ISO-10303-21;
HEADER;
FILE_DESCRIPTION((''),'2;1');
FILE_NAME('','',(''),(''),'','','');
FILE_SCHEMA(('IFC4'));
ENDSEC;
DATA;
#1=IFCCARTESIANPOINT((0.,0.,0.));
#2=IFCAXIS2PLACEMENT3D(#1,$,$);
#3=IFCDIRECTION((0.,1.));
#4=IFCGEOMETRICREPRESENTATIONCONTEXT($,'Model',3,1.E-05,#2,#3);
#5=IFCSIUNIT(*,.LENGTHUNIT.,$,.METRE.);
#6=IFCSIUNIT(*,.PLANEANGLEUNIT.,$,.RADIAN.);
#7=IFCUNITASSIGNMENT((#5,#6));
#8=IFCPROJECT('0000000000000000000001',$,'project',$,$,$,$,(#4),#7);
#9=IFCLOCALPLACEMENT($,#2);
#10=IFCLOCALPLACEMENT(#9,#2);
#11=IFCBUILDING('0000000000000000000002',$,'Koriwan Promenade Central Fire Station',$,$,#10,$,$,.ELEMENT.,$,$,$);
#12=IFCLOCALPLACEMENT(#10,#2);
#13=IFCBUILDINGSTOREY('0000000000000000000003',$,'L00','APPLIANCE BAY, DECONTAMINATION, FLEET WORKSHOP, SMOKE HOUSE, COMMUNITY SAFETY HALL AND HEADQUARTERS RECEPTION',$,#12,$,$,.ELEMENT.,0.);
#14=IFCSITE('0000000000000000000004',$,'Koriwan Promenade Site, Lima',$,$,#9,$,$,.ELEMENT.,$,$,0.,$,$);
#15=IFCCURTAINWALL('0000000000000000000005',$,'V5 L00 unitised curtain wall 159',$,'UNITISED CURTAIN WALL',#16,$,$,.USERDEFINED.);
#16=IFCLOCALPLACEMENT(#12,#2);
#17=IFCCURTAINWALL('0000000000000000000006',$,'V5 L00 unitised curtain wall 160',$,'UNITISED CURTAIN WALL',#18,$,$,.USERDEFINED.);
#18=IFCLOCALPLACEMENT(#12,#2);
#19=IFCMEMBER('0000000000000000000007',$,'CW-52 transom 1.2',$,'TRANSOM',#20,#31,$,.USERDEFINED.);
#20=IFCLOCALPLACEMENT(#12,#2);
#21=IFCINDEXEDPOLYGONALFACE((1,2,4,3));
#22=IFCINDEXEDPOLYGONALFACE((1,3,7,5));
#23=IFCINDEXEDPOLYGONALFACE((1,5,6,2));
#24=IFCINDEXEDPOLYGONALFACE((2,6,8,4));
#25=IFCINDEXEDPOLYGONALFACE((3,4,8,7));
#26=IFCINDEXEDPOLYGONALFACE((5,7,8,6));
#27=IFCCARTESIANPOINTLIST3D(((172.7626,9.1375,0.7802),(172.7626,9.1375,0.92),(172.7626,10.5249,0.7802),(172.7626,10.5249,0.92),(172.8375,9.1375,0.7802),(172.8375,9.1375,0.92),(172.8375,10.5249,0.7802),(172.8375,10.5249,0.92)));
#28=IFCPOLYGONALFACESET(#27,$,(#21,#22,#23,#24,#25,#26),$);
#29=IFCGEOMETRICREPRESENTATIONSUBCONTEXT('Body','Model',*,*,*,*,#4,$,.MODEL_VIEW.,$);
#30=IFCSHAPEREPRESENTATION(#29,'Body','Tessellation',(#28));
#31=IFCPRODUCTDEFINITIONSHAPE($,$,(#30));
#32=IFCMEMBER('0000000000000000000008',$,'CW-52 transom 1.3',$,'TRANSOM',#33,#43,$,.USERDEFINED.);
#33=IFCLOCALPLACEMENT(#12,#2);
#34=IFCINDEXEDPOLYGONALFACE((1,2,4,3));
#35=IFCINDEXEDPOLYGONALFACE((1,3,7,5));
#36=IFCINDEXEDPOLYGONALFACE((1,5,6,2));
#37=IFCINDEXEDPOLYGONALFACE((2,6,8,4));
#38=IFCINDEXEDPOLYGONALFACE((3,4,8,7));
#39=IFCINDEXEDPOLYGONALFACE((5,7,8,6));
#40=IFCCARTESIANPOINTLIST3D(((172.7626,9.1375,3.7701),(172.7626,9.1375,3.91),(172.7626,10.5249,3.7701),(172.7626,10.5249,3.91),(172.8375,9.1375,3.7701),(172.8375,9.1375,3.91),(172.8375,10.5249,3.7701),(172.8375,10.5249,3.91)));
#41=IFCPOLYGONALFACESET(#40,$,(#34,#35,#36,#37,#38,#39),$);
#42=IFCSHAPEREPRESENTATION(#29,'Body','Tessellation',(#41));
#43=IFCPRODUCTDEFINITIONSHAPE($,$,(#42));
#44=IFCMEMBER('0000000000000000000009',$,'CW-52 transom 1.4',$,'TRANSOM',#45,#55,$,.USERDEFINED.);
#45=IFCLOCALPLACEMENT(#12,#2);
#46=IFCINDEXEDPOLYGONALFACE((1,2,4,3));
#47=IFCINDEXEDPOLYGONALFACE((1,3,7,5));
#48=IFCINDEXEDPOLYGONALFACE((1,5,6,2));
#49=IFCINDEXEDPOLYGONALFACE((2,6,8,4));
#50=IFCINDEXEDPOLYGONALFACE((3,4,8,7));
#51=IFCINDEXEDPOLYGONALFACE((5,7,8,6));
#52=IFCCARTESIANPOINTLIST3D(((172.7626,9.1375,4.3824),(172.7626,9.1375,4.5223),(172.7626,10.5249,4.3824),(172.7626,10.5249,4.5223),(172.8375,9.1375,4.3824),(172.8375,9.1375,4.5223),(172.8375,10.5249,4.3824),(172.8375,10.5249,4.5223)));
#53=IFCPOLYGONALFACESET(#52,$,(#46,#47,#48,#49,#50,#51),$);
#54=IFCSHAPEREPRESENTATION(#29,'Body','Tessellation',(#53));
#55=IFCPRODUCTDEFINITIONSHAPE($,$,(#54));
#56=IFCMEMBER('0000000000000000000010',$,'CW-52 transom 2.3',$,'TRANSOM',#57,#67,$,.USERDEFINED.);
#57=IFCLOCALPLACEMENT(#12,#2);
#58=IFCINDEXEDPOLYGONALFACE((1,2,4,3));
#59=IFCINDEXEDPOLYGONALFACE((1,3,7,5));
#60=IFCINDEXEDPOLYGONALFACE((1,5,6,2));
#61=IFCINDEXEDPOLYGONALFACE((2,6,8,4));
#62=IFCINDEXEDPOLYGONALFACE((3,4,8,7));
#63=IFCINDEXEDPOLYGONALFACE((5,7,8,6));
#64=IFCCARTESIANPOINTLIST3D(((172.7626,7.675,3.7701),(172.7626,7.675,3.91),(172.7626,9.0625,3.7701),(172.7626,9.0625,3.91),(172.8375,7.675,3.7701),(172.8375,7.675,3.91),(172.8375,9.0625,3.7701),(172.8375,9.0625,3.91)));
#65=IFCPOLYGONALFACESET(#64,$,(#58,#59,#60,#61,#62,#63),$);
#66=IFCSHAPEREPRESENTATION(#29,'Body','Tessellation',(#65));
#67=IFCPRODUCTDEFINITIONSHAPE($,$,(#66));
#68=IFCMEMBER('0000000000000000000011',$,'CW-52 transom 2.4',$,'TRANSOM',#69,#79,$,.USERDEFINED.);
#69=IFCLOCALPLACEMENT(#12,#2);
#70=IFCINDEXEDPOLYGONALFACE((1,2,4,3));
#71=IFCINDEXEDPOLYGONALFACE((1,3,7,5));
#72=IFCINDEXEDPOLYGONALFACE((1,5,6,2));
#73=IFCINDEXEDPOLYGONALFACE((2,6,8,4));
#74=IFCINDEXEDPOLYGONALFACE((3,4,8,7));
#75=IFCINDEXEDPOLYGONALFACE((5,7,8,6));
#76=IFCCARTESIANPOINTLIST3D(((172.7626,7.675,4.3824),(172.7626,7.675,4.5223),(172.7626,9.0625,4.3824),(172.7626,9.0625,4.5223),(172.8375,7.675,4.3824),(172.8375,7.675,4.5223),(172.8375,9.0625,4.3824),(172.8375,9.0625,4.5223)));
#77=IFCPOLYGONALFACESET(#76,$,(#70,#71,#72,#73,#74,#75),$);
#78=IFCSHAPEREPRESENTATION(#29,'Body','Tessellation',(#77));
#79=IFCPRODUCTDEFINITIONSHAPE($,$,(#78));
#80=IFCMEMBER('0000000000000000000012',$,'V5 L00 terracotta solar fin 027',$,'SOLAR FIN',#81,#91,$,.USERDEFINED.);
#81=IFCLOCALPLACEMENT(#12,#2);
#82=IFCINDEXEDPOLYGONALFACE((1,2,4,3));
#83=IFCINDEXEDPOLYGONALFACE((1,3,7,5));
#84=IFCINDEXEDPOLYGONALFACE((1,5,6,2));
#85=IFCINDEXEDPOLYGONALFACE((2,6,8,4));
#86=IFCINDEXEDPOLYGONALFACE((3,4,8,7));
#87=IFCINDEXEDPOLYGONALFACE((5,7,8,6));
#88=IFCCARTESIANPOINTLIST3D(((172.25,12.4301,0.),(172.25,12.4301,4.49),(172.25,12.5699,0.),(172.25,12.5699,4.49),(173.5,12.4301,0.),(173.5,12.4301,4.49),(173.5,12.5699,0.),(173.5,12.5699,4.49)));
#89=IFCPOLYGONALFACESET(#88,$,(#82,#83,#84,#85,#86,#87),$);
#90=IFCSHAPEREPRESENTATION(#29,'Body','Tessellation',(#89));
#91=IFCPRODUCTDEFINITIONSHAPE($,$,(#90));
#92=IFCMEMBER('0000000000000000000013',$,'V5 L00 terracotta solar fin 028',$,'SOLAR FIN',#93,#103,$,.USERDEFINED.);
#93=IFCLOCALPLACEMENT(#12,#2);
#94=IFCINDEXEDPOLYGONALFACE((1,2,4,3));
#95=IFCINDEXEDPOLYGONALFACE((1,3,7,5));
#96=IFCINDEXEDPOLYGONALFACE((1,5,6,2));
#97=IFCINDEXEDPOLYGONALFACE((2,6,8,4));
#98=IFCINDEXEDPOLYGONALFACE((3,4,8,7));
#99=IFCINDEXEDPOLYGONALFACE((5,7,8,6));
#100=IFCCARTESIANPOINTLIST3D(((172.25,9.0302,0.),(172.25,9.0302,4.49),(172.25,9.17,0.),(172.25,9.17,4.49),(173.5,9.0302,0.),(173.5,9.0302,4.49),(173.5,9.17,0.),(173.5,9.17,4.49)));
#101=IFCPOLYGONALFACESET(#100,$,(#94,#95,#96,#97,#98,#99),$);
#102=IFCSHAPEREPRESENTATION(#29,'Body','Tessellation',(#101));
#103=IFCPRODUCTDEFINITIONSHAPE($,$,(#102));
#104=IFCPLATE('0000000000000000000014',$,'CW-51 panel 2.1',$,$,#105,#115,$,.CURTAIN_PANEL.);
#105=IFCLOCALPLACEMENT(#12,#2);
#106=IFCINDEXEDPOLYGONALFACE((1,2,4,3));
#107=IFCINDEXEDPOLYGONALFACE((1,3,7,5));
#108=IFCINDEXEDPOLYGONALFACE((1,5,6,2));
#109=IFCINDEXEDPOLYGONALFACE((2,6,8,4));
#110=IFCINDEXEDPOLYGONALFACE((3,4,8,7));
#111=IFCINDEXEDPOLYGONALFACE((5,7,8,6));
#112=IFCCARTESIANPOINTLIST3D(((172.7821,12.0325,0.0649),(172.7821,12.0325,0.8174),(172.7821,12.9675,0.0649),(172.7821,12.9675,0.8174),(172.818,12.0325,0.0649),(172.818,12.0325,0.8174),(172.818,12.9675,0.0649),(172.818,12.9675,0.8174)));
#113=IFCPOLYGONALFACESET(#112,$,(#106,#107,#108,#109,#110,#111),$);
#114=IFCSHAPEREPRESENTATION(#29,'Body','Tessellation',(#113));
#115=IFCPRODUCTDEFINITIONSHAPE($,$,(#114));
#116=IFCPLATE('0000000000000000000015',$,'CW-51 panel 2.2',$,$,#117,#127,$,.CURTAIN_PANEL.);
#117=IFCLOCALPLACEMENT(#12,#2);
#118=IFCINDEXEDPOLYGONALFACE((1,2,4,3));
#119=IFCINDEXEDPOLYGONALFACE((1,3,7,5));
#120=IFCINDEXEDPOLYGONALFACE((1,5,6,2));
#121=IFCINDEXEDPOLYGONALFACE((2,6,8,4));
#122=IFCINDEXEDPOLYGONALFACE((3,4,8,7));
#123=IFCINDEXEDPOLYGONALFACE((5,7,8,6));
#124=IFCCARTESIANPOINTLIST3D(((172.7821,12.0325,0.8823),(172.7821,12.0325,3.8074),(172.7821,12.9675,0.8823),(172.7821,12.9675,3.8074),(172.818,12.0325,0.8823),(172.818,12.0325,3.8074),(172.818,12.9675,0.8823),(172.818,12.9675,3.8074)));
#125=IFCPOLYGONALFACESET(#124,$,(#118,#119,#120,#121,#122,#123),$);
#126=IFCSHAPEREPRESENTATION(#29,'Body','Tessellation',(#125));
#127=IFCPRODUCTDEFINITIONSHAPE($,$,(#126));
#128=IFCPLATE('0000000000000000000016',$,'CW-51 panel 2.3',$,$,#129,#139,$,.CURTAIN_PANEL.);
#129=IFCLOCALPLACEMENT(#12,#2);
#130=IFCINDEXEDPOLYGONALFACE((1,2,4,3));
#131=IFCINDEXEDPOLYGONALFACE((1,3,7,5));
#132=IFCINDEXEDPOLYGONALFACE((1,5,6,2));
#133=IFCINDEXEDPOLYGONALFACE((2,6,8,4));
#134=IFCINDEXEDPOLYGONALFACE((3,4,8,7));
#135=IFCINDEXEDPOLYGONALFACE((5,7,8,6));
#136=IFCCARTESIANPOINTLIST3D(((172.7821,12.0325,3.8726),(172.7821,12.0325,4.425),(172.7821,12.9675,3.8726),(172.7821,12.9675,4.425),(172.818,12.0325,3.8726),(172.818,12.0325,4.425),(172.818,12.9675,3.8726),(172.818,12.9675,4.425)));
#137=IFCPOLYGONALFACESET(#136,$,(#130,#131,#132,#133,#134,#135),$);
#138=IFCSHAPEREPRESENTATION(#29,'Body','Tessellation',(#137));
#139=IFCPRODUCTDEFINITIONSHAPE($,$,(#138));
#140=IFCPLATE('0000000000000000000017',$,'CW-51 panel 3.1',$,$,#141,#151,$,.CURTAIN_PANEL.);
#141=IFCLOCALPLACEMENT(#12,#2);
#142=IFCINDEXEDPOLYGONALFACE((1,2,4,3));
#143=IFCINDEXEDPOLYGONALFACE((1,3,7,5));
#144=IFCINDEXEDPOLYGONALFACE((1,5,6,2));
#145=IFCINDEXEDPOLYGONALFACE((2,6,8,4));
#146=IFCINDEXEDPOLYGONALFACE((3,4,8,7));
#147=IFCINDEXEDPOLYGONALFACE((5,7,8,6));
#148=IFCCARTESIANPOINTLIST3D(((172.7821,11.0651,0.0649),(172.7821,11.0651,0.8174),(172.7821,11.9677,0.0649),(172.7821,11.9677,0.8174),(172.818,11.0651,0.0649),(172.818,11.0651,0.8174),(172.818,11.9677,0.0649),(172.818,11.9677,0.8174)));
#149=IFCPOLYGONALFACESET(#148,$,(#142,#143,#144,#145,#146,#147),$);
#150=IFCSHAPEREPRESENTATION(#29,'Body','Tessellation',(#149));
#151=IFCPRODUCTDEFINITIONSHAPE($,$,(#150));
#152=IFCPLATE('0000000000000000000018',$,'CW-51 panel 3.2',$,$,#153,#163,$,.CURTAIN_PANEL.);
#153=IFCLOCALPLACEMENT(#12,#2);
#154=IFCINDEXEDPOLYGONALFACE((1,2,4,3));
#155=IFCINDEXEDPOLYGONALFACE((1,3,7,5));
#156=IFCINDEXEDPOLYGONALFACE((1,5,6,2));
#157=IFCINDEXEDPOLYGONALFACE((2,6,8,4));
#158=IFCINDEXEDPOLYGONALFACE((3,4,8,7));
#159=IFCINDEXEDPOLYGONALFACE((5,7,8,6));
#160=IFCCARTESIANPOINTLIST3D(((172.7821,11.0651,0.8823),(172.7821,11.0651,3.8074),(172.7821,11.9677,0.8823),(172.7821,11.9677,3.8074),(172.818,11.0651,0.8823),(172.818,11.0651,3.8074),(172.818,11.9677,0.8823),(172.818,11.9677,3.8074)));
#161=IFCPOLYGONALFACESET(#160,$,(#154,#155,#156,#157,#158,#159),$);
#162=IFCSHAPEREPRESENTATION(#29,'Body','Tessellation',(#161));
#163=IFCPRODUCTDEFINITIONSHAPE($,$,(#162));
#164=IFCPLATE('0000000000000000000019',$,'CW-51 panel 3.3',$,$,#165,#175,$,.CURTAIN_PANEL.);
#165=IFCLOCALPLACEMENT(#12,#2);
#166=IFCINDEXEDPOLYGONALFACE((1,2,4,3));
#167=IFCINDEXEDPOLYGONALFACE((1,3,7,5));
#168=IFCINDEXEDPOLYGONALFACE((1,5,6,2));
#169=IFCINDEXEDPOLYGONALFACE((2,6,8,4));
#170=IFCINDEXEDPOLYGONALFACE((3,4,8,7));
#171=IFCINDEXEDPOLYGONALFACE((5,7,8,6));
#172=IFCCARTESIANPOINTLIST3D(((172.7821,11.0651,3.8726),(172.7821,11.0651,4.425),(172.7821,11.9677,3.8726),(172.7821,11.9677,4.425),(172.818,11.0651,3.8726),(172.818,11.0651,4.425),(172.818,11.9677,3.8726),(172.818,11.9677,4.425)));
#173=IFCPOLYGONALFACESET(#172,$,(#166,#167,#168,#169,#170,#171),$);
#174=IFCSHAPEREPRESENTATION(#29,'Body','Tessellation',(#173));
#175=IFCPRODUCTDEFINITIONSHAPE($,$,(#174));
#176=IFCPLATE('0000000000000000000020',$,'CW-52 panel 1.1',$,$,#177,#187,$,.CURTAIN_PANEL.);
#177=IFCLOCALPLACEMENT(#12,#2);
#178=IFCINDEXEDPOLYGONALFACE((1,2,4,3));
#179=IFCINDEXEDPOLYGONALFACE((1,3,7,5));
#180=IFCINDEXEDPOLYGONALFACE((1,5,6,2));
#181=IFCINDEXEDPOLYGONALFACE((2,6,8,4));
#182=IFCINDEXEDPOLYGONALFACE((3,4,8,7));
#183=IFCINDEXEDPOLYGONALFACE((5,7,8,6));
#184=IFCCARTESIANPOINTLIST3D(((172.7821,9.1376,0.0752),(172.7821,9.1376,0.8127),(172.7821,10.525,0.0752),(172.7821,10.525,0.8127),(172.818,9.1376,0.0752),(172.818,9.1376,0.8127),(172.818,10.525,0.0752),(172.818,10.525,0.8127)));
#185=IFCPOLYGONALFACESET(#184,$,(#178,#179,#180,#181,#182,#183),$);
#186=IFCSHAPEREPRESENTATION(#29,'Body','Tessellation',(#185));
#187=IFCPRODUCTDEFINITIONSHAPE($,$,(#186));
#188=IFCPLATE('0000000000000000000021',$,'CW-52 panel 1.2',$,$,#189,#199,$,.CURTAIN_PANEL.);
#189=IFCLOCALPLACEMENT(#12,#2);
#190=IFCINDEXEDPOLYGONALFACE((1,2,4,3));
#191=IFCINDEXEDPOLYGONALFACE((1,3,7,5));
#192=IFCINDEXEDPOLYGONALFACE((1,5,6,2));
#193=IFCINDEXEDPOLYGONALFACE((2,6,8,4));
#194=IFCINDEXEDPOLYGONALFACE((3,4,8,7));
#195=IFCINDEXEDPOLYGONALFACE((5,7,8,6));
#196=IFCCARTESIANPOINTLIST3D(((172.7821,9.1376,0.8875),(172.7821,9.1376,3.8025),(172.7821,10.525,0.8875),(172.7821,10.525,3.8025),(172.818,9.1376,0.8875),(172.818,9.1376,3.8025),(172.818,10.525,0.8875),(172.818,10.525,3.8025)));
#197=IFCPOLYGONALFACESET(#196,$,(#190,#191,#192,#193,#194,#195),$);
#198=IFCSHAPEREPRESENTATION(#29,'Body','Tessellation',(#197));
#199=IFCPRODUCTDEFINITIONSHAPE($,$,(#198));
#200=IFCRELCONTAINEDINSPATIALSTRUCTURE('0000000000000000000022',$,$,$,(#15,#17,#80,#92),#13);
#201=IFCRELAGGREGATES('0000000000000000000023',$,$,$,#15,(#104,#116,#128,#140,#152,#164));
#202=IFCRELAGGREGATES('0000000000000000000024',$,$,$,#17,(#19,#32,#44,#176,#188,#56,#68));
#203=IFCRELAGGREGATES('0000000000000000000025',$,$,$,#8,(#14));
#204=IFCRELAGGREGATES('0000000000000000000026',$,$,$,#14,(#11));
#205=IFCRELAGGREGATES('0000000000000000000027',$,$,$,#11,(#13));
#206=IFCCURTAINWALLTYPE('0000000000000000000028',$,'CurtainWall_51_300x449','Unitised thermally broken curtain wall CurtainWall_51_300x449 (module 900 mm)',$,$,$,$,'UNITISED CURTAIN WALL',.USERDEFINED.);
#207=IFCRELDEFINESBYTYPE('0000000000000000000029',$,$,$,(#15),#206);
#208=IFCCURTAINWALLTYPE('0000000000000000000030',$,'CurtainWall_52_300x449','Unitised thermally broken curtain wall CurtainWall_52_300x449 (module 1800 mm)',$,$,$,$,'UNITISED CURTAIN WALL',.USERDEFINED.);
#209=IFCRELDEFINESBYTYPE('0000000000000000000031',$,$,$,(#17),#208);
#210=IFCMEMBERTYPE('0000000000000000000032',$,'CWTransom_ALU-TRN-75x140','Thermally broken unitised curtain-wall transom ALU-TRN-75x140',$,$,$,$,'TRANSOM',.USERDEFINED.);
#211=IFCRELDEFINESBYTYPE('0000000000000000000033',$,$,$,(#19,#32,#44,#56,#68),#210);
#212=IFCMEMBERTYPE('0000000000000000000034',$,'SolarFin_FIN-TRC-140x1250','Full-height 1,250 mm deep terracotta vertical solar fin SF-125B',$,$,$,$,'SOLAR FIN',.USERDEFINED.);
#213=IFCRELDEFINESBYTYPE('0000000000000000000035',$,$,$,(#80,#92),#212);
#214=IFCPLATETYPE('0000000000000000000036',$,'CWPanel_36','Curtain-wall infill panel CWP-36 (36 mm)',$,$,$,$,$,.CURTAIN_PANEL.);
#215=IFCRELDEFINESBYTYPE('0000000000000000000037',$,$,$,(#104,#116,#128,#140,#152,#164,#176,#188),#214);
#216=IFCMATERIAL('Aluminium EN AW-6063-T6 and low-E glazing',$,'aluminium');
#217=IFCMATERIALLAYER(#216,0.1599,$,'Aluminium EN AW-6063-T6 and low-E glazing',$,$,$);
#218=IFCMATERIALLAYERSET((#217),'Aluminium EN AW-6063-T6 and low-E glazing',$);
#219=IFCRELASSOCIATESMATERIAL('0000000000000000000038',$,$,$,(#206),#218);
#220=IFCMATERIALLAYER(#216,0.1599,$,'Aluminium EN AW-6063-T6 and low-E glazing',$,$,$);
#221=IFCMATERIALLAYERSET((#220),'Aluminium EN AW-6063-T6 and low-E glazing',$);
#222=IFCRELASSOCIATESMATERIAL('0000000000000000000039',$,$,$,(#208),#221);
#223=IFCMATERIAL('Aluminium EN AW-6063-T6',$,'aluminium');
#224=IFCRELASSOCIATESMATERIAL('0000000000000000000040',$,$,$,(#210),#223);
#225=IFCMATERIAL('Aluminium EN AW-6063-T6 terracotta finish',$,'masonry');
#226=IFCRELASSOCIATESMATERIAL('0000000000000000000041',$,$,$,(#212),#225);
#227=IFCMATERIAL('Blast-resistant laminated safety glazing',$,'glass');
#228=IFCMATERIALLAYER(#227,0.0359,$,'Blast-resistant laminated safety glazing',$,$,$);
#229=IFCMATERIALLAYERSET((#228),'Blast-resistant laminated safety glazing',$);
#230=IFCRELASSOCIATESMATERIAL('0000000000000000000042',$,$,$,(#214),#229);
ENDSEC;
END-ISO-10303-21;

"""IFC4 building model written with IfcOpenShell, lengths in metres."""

from ifc_helpers import new_model, si_unit, direction, frame, origin, origin_2d, place, context, subcontext, project, spatial, rectangle, extrude, material, layer, layer_set, material_profile, profile_set, type_object, element, aggregate, save


model = new_model("IFC4")

# Units and contexts
model_context = context("Model", 3, precision=1e-05, world=origin(), true_north=direction((0.0, 1.0)))
body_context = subcontext(model_context, "Body", "Model", "MODEL_VIEW")
ifc_project = project(units=[si_unit("LENGTHUNIT", "METRE"), si_unit("PLANEANGLEUNIT", "RADIAN")], contexts=[model_context])

# Site, building, storey
site_placement = place(None, origin())
site = spatial("IfcSite", under=ifc_project, at=site_placement, Name="Koriwan Promenade Site, Lima", CompositionType="ELEMENT", RefElevation=0.0)
building_placement = place(site_placement, origin())
building = spatial("IfcBuilding", under=site, at=building_placement, Name="Koriwan Promenade Central Fire Station", CompositionType="ELEMENT")
storey_placement = place(building_placement, origin())
storey = spatial("IfcBuildingStorey", under=building, at=storey_placement, Name="L00", Description="APPLIANCE BAY, DECONTAMINATION, FLEET WORKSHOP, SMOKE HOUSE, COMMUNITY SAFETY HALL AND HEADQUARTERS RECEPTION", CompositionType="ELEMENT", Elevation=0.0)

# Curtain walls
ifc_material_1 = material(Name="Aluminium EN AW-6063-T6 and low-E glazing", Category="aluminium")
ifc_layer_1 = layer(ifc_material_1, 0.1599, Name="Aluminium EN AW-6063-T6 and low-E glazing")
ifc_layer_set_1 = layer_set([ifc_layer_1], Name="Aluminium EN AW-6063-T6 and low-E glazing")
curtain_wall_type_1 = type_object("IfcCurtainWallType", Name="CurtainWall_51_300x449", Description="Unitised thermally broken curtain wall CurtainWall_51_300x449 (module 900 mm)", ElementType="UNITISED CURTAIN WALL", PredefinedType="USERDEFINED", material=ifc_layer_set_1)
curtain_wall_1_placement = place(storey_placement, origin())
curtain_wall_1 = element("IfcCurtainWall", 1, at=curtain_wall_1_placement, inside=storey, type_object=curtain_wall_type_1, Name="V5 L00 unitised curtain wall 159", ObjectType="UNITISED CURTAIN WALL", PredefinedType="USERDEFINED")
ifc_material_2 = material(Name="Aluminium EN AW-6063-T6", Category="aluminium")
ifc_layer_2 = layer(ifc_material_1, 0.1599, Name="Aluminium EN AW-6063-T6 and low-E glazing")
ifc_layer_set_2 = layer_set([ifc_layer_2], Name="Aluminium EN AW-6063-T6 and low-E glazing")
curtain_wall_type_2 = type_object("IfcCurtainWallType", Name="CurtainWall_52_300x449", Description="Unitised thermally broken curtain wall CurtainWall_52_300x449 (module 1800 mm)", ElementType="UNITISED CURTAIN WALL", PredefinedType="USERDEFINED", material=ifc_layer_set_2)
curtain_wall_2_placement = place(storey_placement, origin())
curtain_wall_2 = element("IfcCurtainWall", 2, at=curtain_wall_2_placement, inside=storey, type_object=curtain_wall_type_2, Name="V5 L00 unitised curtain wall 160", ObjectType="UNITISED CURTAIN WALL", PredefinedType="USERDEFINED")

# Members
ifc_material_profile_1 = material_profile(ifc_material_2, rectangle(XDim=0.075, YDim=0.1399, at=origin_2d()), Name="ALU-TRN-75x140")
ifc_profile_set_1 = profile_set([ifc_material_profile_1], Name="Aluminium EN AW-6063-T6")
member_type_1 = type_object("IfcMemberType", Name="CWTransom_ALU-TRN-75x140", Description="Thermally broken unitised curtain-wall transom ALU-TRN-75x140", ElementType="TRANSOM", PredefinedType="USERDEFINED", material=ifc_profile_set_1)
member_1_placement = place(storey_placement, frame((172.8, 10.5249, 0.8501), z_axis=(0.0, -1.0, 0.0), x_axis=(1.0, 0.0, 0.0)))
member_1 = element("IfcMember", 3, at=member_1_placement, type_object=member_type_1, Name="CW-52 transom 1.2", ObjectType="TRANSOM", PredefinedType="USERDEFINED", context=body_context, shape_type="SweptSolid", body=[
    extrude(rectangle(XDim=0.075, YDim=0.1399, at=origin_2d()), origin(), (0.0, 0.0, 1.0), 1.3875),
])
member_2_placement = place(storey_placement, frame((172.8, 10.5249, 3.8401), z_axis=(0.0, -1.0, 0.0), x_axis=(1.0, 0.0, 0.0)))
member_2 = element("IfcMember", 4, at=member_2_placement, type_object=member_type_1, Name="CW-52 transom 1.3", ObjectType="TRANSOM", PredefinedType="USERDEFINED", context=body_context, shape_type="SweptSolid", body=[
    extrude(rectangle(XDim=0.075, YDim=0.1399, at=origin_2d()), origin(), (0.0, 0.0, 1.0), 1.3875),
])
member_3_placement = place(storey_placement, frame((172.8, 10.5249, 4.4524), z_axis=(0.0, -1.0, 0.0), x_axis=(1.0, 0.0, 0.0)))
member_3 = element("IfcMember", 5, at=member_3_placement, type_object=member_type_1, Name="CW-52 transom 1.4", ObjectType="TRANSOM", PredefinedType="USERDEFINED", context=body_context, shape_type="SweptSolid", body=[
    extrude(rectangle(XDim=0.075, YDim=0.1399, at=origin_2d()), origin(), (0.0, 0.0, 1.0), 1.3875),
])
member_4_placement = place(storey_placement, frame((172.8, 9.0625, 3.8401), z_axis=(0.0, -1.0, 0.0), x_axis=(1.0, 0.0, 0.0)))
member_4 = element("IfcMember", 6, at=member_4_placement, type_object=member_type_1, Name="CW-52 transom 2.3", ObjectType="TRANSOM", PredefinedType="USERDEFINED", context=body_context, shape_type="SweptSolid", body=[
    extrude(rectangle(XDim=0.075, YDim=0.1399, at=origin_2d()), origin(), (0.0, 0.0, 1.0), 1.3875),
])
member_5_placement = place(storey_placement, frame((172.8, 9.0625, 4.4524), z_axis=(0.0, -1.0, 0.0), x_axis=(1.0, 0.0, 0.0)))
member_5 = element("IfcMember", 7, at=member_5_placement, type_object=member_type_1, Name="CW-52 transom 2.4", ObjectType="TRANSOM", PredefinedType="USERDEFINED", context=body_context, shape_type="SweptSolid", body=[
    extrude(rectangle(XDim=0.075, YDim=0.1399, at=origin_2d()), origin(), (0.0, 0.0, 1.0), 1.3875),
])

# Members
ifc_material_3 = material(Name="Aluminium EN AW-6063-T6 terracotta finish", Category="masonry")
ifc_material_profile_2 = material_profile(ifc_material_3, rectangle(XDim=0.1399, YDim=1.25, at=origin_2d()), Name="FIN-TRC-140x1250")
ifc_profile_set_2 = profile_set([ifc_material_profile_2], Name="Aluminium EN AW-6063-T6 terracotta finish")
member_type_2 = type_object("IfcMemberType", Name="SolarFin_FIN-TRC-140x1250", Description="Full-height 1,250 mm deep terracotta vertical solar fin SF-125B", ElementType="SOLAR FIN", PredefinedType="USERDEFINED", material=ifc_profile_set_2)
for number, where, z_axis, x_axis, name in (
    (8, (172.875, 12.5, 0.0), (0.0, 0.0, 1.0), (0.0, -1.0, 0.0), "V5 L00 terracotta solar fin 027"),
    (9, (172.875, 9.1001, 0.0), (0.0, 0.0, 1.0), (0.0, -1.0, 0.0), "V5 L00 terracotta solar fin 028"),
):
    element("IfcMember", number, at=place(storey_placement, frame(where, z_axis=z_axis, x_axis=x_axis)), inside=storey, type_object=member_type_2, Name=name, ObjectType="SOLAR FIN", PredefinedType="USERDEFINED", context=body_context, shape_type="SweptSolid", body=[
        extrude(rectangle(XDim=0.1399, YDim=1.25, at=origin_2d()), origin(), (0.0, 0.0, 1.0), 4.49),
    ])

# Plates
ifc_material_4 = material(Name="Blast-resistant laminated safety glazing", Category="glass")
ifc_layer_3 = layer(ifc_material_4, 0.0359, Name="Blast-resistant laminated safety glazing")
ifc_layer_set_3 = layer_set([ifc_layer_3], Name="Blast-resistant laminated safety glazing")
plate_type = type_object("IfcPlateType", Name="CWPanel_36", Description="Curtain-wall infill panel CWP-36 (36 mm)", PredefinedType="CURTAIN_PANEL", material=ifc_layer_set_3)
plate_1_placement = place(storey_placement, frame((172.8, 12.5, 0.0649), z_axis=(0.0, 0.0, 1.0), x_axis=(0.0, -1.0, 0.0)))
plate_1 = element("IfcPlate", 10, at=plate_1_placement, type_object=plate_type, Name="CW-51 panel 2.1", PredefinedType="CURTAIN_PANEL", context=body_context, shape_type="SweptSolid", body=[
    extrude(rectangle(XDim=0.9351, YDim=0.0359, at=origin_2d()), origin(), (0.0, 0.0, 1.0), 0.7524),
])
plate_2_placement = place(storey_placement, frame((172.8, 12.5, 0.8823), z_axis=(0.0, 0.0, 1.0), x_axis=(0.0, -1.0, 0.0)))
plate_2 = element("IfcPlate", 11, at=plate_2_placement, type_object=plate_type, Name="CW-51 panel 2.2", PredefinedType="CURTAIN_PANEL", context=body_context, shape_type="SweptSolid", body=[
    extrude(rectangle(XDim=0.9351, YDim=0.0359, at=origin_2d()), origin(), (0.0, 0.0, 1.0), 2.925),
])
plate_3_placement = place(storey_placement, frame((172.8, 12.5, 3.8726), z_axis=(0.0, 0.0, 1.0), x_axis=(0.0, -1.0, 0.0)))
plate_3 = element("IfcPlate", 12, at=plate_3_placement, type_object=plate_type, Name="CW-51 panel 2.3", PredefinedType="CURTAIN_PANEL", context=body_context, shape_type="SweptSolid", body=[
    extrude(rectangle(XDim=0.9351, YDim=0.0359, at=origin_2d()), origin(), (0.0, 0.0, 1.0), 0.5525),
])
plate_4_placement = place(storey_placement, frame((172.8, 11.5164, 0.0649), z_axis=(0.0, 0.0, 1.0), x_axis=(0.0, -1.0, 0.0)))
plate_4 = element("IfcPlate", 13, at=plate_4_placement, type_object=plate_type, Name="CW-51 panel 3.1", PredefinedType="CURTAIN_PANEL", context=body_context, shape_type="SweptSolid", body=[
    extrude(rectangle(XDim=0.9026, YDim=0.0359, at=origin_2d()), origin(), (0.0, 0.0, 1.0), 0.7524),
])
plate_5_placement = place(storey_placement, frame((172.8, 11.5164, 0.8823), z_axis=(0.0, 0.0, 1.0), x_axis=(0.0, -1.0, 0.0)))
plate_5 = element("IfcPlate", 14, at=plate_5_placement, type_object=plate_type, Name="CW-51 panel 3.2", PredefinedType="CURTAIN_PANEL", context=body_context, shape_type="SweptSolid", body=[
    extrude(rectangle(XDim=0.9026, YDim=0.0359, at=origin_2d()), origin(), (0.0, 0.0, 1.0), 2.925),
])
plate_6_placement = place(storey_placement, frame((172.8, 11.5164, 3.8726), z_axis=(0.0, 0.0, 1.0), x_axis=(0.0, -1.0, 0.0)))
plate_6 = element("IfcPlate", 15, at=plate_6_placement, type_object=plate_type, Name="CW-51 panel 3.3", PredefinedType="CURTAIN_PANEL", context=body_context, shape_type="SweptSolid", body=[
    extrude(rectangle(XDim=0.9026, YDim=0.0359, at=origin_2d()), origin(), (0.0, 0.0, 1.0), 0.5525),
])
aggregate(curtain_wall_1, [plate_1, plate_2, plate_3, plate_4, plate_5, plate_6])
plate_7_placement = place(storey_placement, frame((172.8, 9.8313, 0.0752), z_axis=(0.0, 0.0, 1.0), x_axis=(0.0, -1.0, 0.0)))
plate_7 = element("IfcPlate", 16, at=plate_7_placement, type_object=plate_type, Name="CW-52 panel 1.1", PredefinedType="CURTAIN_PANEL", context=body_context, shape_type="SweptSolid", body=[
    extrude(rectangle(XDim=1.3875, YDim=0.0359, at=origin_2d()), origin(), (0.0, 0.0, 1.0), 0.7375),
])
plate_8_placement = place(storey_placement, frame((172.8, 9.8313, 0.8875), z_axis=(0.0, 0.0, 1.0), x_axis=(0.0, -1.0, 0.0)))
plate_8 = element("IfcPlate", 17, at=plate_8_placement, type_object=plate_type, Name="CW-52 panel 1.2", PredefinedType="CURTAIN_PANEL", context=body_context, shape_type="SweptSolid", body=[
    extrude(rectangle(XDim=1.3875, YDim=0.0359, at=origin_2d()), origin(), (0.0, 0.0, 1.0), 2.915),
])
aggregate(curtain_wall_2, [member_1, member_2, member_3, plate_7, plate_8, member_4, member_5])

save(model, "model.ifc")
